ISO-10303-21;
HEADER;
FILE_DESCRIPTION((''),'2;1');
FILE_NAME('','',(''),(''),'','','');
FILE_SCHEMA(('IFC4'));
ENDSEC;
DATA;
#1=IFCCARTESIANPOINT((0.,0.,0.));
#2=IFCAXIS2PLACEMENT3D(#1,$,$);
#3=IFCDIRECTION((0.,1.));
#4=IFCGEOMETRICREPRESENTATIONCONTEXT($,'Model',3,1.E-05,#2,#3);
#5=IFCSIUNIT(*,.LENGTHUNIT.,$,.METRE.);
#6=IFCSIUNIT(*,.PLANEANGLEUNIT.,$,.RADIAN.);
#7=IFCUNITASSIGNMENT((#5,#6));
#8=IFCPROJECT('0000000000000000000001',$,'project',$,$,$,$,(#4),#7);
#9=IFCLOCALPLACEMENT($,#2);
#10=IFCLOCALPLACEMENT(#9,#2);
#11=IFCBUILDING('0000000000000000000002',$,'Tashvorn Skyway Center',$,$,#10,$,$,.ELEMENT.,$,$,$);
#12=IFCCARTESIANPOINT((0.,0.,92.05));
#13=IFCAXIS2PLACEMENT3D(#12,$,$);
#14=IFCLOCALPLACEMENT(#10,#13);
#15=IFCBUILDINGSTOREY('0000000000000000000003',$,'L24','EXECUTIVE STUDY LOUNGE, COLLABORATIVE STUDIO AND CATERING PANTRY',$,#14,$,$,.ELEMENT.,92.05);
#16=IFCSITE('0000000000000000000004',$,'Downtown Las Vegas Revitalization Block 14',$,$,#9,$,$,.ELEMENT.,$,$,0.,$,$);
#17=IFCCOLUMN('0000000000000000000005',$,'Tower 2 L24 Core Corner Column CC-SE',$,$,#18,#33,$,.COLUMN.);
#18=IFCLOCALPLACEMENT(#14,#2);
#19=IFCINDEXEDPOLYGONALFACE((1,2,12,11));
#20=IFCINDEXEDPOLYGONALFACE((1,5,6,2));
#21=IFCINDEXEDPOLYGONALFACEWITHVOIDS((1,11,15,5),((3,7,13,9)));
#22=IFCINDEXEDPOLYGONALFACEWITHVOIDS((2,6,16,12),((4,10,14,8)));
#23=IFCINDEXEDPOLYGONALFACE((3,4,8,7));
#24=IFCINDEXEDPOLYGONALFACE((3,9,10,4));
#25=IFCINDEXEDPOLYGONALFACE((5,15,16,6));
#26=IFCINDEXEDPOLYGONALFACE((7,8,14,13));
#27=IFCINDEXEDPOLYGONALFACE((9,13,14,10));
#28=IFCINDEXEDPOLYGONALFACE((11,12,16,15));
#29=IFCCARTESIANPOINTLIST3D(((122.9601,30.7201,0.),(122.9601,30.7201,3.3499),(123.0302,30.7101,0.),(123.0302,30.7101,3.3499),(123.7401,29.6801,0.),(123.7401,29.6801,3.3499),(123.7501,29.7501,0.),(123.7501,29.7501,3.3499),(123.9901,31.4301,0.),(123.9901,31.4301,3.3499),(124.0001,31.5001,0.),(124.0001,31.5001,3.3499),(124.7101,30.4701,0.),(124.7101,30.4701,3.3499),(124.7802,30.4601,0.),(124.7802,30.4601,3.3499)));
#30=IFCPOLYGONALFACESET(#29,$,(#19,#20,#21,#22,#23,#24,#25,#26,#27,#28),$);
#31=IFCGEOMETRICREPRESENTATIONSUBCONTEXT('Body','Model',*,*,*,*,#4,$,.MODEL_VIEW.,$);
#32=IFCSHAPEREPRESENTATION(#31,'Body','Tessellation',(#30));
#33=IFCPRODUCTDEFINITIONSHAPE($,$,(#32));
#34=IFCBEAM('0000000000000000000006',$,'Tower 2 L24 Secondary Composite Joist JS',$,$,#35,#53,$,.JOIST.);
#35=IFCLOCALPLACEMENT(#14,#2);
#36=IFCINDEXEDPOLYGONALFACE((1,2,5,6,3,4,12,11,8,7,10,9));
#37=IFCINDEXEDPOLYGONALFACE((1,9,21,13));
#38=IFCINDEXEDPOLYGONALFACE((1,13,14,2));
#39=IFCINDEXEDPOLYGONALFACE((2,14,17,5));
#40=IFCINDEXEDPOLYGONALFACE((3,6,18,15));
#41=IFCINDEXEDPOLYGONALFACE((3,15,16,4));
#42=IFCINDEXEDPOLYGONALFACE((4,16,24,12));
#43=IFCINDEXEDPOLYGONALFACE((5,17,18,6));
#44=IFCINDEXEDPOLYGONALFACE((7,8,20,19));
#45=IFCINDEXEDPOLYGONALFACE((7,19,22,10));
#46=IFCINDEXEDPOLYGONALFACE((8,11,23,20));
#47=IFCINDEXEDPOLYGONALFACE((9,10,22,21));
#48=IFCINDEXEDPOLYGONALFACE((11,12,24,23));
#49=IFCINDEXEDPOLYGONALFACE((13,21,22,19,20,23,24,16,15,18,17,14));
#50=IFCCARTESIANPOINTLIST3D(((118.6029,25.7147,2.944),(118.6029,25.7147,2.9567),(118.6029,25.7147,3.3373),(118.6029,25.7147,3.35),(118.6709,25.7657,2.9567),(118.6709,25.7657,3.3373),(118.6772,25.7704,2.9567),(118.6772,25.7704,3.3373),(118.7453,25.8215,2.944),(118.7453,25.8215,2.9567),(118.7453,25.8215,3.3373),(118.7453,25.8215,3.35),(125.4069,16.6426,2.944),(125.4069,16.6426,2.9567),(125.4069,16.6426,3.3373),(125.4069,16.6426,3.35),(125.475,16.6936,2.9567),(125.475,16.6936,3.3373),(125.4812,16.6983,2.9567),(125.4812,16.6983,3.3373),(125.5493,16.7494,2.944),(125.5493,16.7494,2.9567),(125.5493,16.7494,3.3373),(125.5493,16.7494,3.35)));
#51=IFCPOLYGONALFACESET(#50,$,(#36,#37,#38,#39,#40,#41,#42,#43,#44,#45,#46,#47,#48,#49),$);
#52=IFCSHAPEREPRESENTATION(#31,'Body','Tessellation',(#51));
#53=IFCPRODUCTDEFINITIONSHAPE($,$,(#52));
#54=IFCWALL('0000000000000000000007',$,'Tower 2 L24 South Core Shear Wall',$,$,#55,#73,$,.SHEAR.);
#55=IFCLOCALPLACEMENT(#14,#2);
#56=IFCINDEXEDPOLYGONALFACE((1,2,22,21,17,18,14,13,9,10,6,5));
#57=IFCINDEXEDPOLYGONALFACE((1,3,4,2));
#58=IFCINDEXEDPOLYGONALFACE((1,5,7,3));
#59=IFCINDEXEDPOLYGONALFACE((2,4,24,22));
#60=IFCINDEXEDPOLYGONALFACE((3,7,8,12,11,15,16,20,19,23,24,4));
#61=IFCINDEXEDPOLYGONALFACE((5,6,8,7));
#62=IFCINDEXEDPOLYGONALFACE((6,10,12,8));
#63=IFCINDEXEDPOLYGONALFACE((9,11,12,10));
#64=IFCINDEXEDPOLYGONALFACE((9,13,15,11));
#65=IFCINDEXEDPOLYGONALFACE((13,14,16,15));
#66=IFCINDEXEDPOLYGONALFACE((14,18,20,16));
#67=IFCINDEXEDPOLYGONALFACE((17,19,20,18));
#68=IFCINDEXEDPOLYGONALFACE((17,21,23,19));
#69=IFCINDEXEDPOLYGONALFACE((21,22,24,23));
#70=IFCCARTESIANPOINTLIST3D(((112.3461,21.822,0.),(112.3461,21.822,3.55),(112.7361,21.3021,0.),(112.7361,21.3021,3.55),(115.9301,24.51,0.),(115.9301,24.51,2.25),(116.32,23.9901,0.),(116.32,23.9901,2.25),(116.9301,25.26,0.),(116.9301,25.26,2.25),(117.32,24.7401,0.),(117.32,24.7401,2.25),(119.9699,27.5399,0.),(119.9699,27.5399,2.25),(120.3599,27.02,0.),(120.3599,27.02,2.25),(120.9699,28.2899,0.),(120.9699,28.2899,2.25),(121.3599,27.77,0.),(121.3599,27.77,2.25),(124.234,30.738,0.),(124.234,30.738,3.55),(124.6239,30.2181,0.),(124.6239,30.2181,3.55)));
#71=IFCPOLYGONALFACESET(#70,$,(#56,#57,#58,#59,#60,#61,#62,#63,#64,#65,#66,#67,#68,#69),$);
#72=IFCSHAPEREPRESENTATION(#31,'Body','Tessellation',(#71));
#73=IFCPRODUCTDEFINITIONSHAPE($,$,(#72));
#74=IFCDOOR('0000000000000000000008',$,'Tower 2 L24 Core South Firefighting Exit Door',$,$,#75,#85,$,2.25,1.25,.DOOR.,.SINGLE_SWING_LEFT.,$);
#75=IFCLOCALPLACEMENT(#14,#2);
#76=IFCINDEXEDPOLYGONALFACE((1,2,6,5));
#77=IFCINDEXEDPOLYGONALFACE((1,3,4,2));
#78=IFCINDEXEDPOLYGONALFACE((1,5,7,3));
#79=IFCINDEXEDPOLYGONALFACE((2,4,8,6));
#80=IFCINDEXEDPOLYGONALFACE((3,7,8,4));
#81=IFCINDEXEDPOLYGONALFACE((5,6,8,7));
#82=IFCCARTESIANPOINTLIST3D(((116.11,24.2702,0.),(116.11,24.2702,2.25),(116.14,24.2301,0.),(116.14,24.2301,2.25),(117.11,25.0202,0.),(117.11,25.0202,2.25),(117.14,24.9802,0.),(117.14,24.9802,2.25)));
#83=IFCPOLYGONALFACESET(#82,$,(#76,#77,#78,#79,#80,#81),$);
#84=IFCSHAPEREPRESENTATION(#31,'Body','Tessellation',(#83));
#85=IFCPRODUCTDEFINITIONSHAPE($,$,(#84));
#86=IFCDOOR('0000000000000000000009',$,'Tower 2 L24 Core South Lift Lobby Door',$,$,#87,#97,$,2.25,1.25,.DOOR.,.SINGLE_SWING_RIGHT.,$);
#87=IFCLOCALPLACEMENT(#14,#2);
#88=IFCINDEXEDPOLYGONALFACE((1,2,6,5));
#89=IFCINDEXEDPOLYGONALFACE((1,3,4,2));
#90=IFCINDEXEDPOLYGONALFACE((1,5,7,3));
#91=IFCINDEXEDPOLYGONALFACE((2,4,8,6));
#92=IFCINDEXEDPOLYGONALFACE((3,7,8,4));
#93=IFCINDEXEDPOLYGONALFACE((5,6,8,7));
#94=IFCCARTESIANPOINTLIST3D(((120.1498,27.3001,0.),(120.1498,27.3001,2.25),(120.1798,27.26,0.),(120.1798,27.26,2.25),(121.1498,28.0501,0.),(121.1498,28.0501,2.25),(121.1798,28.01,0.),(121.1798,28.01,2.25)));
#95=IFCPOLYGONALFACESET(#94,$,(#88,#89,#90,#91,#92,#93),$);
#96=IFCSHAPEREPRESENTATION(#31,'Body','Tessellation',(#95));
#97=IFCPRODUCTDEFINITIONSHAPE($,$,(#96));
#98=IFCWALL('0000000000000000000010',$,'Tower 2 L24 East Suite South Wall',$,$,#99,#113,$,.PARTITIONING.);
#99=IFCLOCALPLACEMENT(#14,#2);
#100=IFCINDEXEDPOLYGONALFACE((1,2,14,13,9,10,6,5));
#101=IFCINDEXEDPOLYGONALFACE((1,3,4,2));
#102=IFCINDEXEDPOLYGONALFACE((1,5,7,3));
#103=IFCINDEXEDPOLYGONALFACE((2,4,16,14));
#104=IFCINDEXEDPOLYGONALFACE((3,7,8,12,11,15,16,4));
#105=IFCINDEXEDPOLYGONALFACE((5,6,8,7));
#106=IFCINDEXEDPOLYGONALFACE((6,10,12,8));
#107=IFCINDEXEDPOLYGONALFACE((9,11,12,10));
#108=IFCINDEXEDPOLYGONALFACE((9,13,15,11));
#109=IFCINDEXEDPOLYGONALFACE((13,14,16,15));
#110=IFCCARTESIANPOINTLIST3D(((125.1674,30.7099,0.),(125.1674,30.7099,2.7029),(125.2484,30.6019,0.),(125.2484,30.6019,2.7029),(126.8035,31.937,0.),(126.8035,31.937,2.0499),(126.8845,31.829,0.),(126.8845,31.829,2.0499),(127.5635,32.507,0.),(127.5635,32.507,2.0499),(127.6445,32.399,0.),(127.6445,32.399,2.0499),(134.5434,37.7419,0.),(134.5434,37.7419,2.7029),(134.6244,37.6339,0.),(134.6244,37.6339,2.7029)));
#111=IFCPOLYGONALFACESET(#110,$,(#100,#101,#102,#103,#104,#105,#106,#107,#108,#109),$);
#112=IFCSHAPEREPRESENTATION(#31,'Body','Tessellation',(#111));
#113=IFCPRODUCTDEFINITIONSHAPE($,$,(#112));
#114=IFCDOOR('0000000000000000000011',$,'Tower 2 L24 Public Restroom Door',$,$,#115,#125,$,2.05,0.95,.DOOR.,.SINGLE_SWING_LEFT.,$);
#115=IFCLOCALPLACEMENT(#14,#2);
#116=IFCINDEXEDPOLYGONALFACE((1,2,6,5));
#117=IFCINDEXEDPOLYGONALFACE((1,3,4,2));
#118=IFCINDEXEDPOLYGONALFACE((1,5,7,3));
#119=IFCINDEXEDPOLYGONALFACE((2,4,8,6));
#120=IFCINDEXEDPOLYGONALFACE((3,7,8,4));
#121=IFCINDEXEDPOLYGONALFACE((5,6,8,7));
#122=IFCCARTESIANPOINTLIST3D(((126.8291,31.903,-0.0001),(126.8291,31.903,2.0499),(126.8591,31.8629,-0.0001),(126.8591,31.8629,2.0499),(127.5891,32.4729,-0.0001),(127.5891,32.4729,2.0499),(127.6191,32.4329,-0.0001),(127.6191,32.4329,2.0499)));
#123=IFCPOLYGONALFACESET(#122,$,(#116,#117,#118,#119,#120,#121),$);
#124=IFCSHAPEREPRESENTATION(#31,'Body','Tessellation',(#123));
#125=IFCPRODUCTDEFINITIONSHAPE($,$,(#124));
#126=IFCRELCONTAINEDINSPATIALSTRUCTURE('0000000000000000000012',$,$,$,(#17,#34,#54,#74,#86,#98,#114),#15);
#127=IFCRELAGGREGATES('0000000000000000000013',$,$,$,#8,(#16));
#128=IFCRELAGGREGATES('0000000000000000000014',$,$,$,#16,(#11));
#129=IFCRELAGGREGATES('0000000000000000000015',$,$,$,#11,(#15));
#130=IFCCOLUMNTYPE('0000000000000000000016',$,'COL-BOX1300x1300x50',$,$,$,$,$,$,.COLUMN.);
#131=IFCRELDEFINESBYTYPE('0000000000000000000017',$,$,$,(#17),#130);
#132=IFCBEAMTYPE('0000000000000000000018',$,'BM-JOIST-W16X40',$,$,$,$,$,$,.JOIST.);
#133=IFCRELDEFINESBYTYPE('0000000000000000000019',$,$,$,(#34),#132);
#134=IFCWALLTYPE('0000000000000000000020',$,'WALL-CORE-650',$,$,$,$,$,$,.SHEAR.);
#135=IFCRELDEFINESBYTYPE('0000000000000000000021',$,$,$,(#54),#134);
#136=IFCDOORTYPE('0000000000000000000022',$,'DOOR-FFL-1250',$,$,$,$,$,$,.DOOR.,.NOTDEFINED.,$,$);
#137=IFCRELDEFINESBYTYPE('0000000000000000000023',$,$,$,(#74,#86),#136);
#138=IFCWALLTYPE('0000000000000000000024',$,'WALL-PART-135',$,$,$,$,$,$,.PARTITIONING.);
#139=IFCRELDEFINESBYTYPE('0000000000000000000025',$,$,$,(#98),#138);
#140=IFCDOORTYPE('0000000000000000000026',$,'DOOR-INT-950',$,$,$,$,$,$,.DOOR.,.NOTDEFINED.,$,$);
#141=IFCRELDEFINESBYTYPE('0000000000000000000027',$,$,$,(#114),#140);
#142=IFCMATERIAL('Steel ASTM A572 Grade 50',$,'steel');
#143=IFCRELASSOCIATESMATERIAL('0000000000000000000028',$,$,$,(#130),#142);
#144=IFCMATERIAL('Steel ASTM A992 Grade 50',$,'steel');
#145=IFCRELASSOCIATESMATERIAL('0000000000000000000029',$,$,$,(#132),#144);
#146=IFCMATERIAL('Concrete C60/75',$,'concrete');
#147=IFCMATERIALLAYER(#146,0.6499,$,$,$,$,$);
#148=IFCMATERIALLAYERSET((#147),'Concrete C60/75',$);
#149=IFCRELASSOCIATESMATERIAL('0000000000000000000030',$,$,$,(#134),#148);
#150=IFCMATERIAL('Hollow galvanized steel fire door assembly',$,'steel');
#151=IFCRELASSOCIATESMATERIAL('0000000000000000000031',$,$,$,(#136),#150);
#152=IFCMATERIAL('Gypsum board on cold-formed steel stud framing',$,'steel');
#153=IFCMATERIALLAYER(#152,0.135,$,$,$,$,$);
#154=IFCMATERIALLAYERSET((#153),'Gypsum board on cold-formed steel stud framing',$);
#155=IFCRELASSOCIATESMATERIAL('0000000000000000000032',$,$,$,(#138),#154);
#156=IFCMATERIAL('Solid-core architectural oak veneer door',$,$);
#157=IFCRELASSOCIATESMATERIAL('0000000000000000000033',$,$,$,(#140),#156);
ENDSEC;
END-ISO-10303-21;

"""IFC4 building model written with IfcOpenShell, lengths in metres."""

from ifc_helpers import new_model, si_unit, direction, frame, frame_2d, origin, origin_2d, place, context, subcontext, project, spatial, rectangle, hollow_rectangle, i_section, extrude, material, layer, layer_set, material_profile, profile_set, type_object, element, fill, save


model = new_model("IFC4")

# Units and contexts
model_context = context("Model", 3, precision=1e-05, world=origin(), true_north=direction((0.0, 1.0)))
body_context = subcontext(model_context, "Body", "Model", "MODEL_VIEW")
ifc_project = project(units=[si_unit("LENGTHUNIT", "METRE"), si_unit("PLANEANGLEUNIT", "RADIAN")], contexts=[model_context])

# Site, building, storey
site_placement = place(None, origin())
site = spatial("IfcSite", under=ifc_project, at=site_placement, Name="Downtown Las Vegas Revitalization Block 14", CompositionType="ELEMENT", RefElevation=0.0)
building_placement = place(site_placement, origin())
building = spatial("IfcBuilding", under=site, at=building_placement, Name="Tashvorn Skyway Center", CompositionType="ELEMENT")
storey_placement = place(building_placement, frame((0.0, 0.0, 92.05)))
storey = spatial("IfcBuildingStorey", under=building, at=storey_placement, Name="L24", Description="EXECUTIVE STUDY LOUNGE, COLLABORATIVE STUDIO AND CATERING PANTRY", CompositionType="ELEMENT", Elevation=92.05)

# Column
ifc_material_1 = material(Name="Steel ASTM A572 Grade 50", Category="steel")
ifc_material_profile_1 = material_profile(ifc_material_1, hollow_rectangle(XDim=1.3, YDim=1.3, WallThickness=0.05, at=origin_2d()), Name="BOX1300x1300x50")
ifc_profile_set_1 = profile_set([ifc_material_profile_1], Name="Steel ASTM A572 Grade 50")
column_type = type_object("IfcColumnType", Name="COL-BOX1300x1300x50", PredefinedType="COLUMN", material=ifc_profile_set_1)
column_placement = place(storey_placement, frame((123.8701, 30.5901, 0.0), z_axis=(0.0, 0.0, 1.0), x_axis=(0.8, 0.6, 0.0)))
element("IfcColumn", 1, at=column_placement, inside=storey, type_object=column_type, Name="Tower 2 L24 Core Corner Column CC-SE", PredefinedType="COLUMN", context=body_context, shape_type="SweptSolid", body=[
    extrude(hollow_rectangle(XDim=1.3, YDim=1.3, WallThickness=0.05, at=origin_2d()), origin(), (0.0, 0.0, 1.0), 3.3499),
])

# Beam
ifc_material_2 = material(Name="Steel ASTM A992 Grade 50", Category="steel")
ifc_material_profile_2 = material_profile(ifc_material_2, i_section(OverallWidth=0.178, OverallDepth=0.406, WebThickness=0.0078, FlangeThickness=0.0127, at=origin_2d()), Name="W16X40")
ifc_profile_set_2 = profile_set([ifc_material_profile_2], Name="Steel ASTM A992 Grade 50")
beam_type = type_object("IfcBeamType", Name="BM-JOIST-W16X40", PredefinedType="JOIST", material=ifc_profile_set_2)
beam_placement = place(storey_placement, frame((118.6741, 25.7681, 3.147), z_axis=(0.599997, -0.800003, 0.0), x_axis=(0.800003, 0.599997, 0.0)))
element("IfcBeam", 2, at=beam_placement, inside=storey, type_object=beam_type, Name="Tower 2 L24 Secondary Composite Joist JS", PredefinedType="JOIST", context=body_context, shape_type="SweptSolid", body=[
    extrude(i_section(OverallWidth=0.178, OverallDepth=0.406, WebThickness=0.0078, FlangeThickness=0.0127, at=origin_2d()), origin(), (0.0, 0.0, 1.0), 11.3401),
])

# Wall, openings, doors
ifc_material_3 = material(Name="Concrete C60/75", Category="concrete")
ifc_layer_1 = layer(ifc_material_3, 0.6499)
ifc_layer_set_1 = layer_set([ifc_layer_1], Name="Concrete C60/75")
wall_type_1 = type_object("IfcWallType", Name="WALL-CORE-650", PredefinedType="SHEAR", material=ifc_layer_set_1)
wall_1_placement = place(storey_placement, frame((124.429, 30.478, 0.0), z_axis=(0.0, 0.0, 1.0), x_axis=(-0.799998, -0.600003, 0.0)))
wall_1 = element("IfcWall", 3, at=wall_1_placement, inside=storey, type_object=wall_type_1, Name="Tower 2 L24 South Core Shear Wall", PredefinedType="SHEAR", context=body_context, shape_type="SweptSolid", body=[
    extrude(rectangle(XDim=14.8599, YDim=0.6499, at=frame_2d((7.4299, 0.0))), origin(), (0.0, 0.0, 1.0), 3.55),
])
opening_1_placement = place(wall_1_placement, frame((9.1299, 0.0, 0.0)))
opening_1 = element("IfcOpeningElement", 4, at=opening_1_placement, cuts=wall_1, PredefinedType="OPENING", context=body_context, shape_type="SweptSolid", body=[
    extrude(rectangle(XDim=1.25, YDim=2.25, at=frame_2d((0.625, 1.125))), frame((0.0, 0.335, 0.0), z_axis=(0.0, -1.0, 0.0), x_axis=(1.0, 0.0, 0.0)), (0.0, 0.0, 1.0), 0.6699),
])
opening_2_placement = place(wall_1_placement, frame((4.0801, 0.0, 0.0)))
opening_2 = element("IfcOpeningElement", 5, at=opening_2_placement, cuts=wall_1, PredefinedType="OPENING", context=body_context, shape_type="SweptSolid", body=[
    extrude(rectangle(XDim=1.25, YDim=2.25, at=frame_2d((0.625, 1.125))), frame((0.0, 0.335, 0.0), z_axis=(0.0, -1.0, 0.0), x_axis=(1.0, 0.0, 0.0)), (0.0, 0.0, 1.0), 0.6699),
])
ifc_material_4 = material(Name="Hollow galvanized steel fire door assembly", Category="steel")
door_type_1 = type_object("IfcDoorType", Name="DOOR-FFL-1250", OperationType="NOTDEFINED", PredefinedType="DOOR", material=ifc_material_4)
door_1_placement = place(opening_1_placement, origin())
door_1 = element("IfcDoor", 6, at=door_1_placement, inside=storey, type_object=door_type_1, Name="Tower 2 L24 Core South Firefighting Exit Door", OperationType="SINGLE_SWING_LEFT", OverallHeight=2.25, OverallWidth=1.25, PredefinedType="DOOR", context=body_context, shape_type="SweptSolid", body=[
    extrude(rectangle(XDim=1.25, YDim=2.25, at=frame_2d((0.625, 1.125))), frame((0.0, 0.0249, 0.0), z_axis=(0.0, -1.0, 0.0), x_axis=(1.0, 0.0, 0.0)), (0.0, 0.0, 1.0), 0.05),
])
fill(opening_1, door_1)
door_2_placement = place(opening_2_placement, origin())
door_2 = element("IfcDoor", 7, at=door_2_placement, inside=storey, type_object=door_type_1, Name="Tower 2 L24 Core South Lift Lobby Door", OperationType="SINGLE_SWING_RIGHT", OverallHeight=2.25, OverallWidth=1.25, PredefinedType="DOOR", context=body_context, shape_type="SweptSolid", body=[
    extrude(rectangle(XDim=1.25, YDim=2.25, at=frame_2d((0.625, 1.125))), frame((0.0, 0.0249, 0.0), z_axis=(0.0, -1.0, 0.0), x_axis=(1.0, 0.0, 0.0)), (0.0, 0.0, 1.0), 0.05),
])
fill(opening_2, door_2)

# Wall, opening, door
ifc_material_5 = material(Name="Gypsum board on cold-formed steel stud framing", Category="steel")
ifc_layer_2 = layer(ifc_material_5, 0.135)
ifc_layer_set_2 = layer_set([ifc_layer_2], Name="Gypsum board on cold-formed steel stud framing")
wall_type_2 = type_object("IfcWallType", Name="WALL-PART-135", PredefinedType="PARTITIONING", material=ifc_layer_set_2)
wall_2_placement = place(storey_placement, frame((125.208, 30.656, 0.0), z_axis=(0.0, 0.0, 1.0), x_axis=(0.8, 0.6, 0.0)))
wall_2 = element("IfcWall", 8, at=wall_2_placement, inside=storey, type_object=wall_type_2, Name="Tower 2 L24 East Suite South Wall", PredefinedType="PARTITIONING", context=body_context, shape_type="SweptSolid", body=[
    extrude(rectangle(XDim=11.72, YDim=0.135, at=frame_2d((5.8599, 0.0))), origin(), (0.0, 0.0, 1.0), 2.7029),
])
opening_3_placement = place(wall_2_placement, frame((2.0449, 0.0, 0.0)))
opening_3 = element("IfcOpeningElement", 9, at=opening_3_placement, cuts=wall_2, PredefinedType="OPENING", context=body_context, shape_type="SweptSolid", body=[
    extrude(rectangle(XDim=0.95, YDim=2.05, at=frame_2d((0.4751, 1.0249))), frame((0.0, 0.0774, 0.0), z_axis=(0.0, -1.0, 0.0), x_axis=(1.0, 0.0, 0.0)), (0.0, 0.0, 1.0), 0.155),
])
ifc_material_6 = material(Name="Solid-core architectural oak veneer door")
door_type_2 = type_object("IfcDoorType", Name="DOOR-INT-950", OperationType="NOTDEFINED", PredefinedType="DOOR", material=ifc_material_6)
door_3_placement = place(opening_3_placement, origin())
door_3 = element("IfcDoor", 10, at=door_3_placement, inside=storey, type_object=door_type_2, Name="Tower 2 L24 Public Restroom Door", OperationType="SINGLE_SWING_LEFT", OverallHeight=2.05, OverallWidth=0.95, PredefinedType="DOOR", context=body_context, shape_type="SweptSolid", body=[
    extrude(rectangle(XDim=0.95, YDim=2.05, at=frame_2d((0.4751, 1.0249))), frame((0.0, 0.0249, 0.0), z_axis=(0.0, -1.0, 0.0), x_axis=(1.0, 0.0, 0.0)), (0.0, 0.0, 1.0), 0.05),
])
fill(opening_3, door_3)

save(model, "model.ifc")
